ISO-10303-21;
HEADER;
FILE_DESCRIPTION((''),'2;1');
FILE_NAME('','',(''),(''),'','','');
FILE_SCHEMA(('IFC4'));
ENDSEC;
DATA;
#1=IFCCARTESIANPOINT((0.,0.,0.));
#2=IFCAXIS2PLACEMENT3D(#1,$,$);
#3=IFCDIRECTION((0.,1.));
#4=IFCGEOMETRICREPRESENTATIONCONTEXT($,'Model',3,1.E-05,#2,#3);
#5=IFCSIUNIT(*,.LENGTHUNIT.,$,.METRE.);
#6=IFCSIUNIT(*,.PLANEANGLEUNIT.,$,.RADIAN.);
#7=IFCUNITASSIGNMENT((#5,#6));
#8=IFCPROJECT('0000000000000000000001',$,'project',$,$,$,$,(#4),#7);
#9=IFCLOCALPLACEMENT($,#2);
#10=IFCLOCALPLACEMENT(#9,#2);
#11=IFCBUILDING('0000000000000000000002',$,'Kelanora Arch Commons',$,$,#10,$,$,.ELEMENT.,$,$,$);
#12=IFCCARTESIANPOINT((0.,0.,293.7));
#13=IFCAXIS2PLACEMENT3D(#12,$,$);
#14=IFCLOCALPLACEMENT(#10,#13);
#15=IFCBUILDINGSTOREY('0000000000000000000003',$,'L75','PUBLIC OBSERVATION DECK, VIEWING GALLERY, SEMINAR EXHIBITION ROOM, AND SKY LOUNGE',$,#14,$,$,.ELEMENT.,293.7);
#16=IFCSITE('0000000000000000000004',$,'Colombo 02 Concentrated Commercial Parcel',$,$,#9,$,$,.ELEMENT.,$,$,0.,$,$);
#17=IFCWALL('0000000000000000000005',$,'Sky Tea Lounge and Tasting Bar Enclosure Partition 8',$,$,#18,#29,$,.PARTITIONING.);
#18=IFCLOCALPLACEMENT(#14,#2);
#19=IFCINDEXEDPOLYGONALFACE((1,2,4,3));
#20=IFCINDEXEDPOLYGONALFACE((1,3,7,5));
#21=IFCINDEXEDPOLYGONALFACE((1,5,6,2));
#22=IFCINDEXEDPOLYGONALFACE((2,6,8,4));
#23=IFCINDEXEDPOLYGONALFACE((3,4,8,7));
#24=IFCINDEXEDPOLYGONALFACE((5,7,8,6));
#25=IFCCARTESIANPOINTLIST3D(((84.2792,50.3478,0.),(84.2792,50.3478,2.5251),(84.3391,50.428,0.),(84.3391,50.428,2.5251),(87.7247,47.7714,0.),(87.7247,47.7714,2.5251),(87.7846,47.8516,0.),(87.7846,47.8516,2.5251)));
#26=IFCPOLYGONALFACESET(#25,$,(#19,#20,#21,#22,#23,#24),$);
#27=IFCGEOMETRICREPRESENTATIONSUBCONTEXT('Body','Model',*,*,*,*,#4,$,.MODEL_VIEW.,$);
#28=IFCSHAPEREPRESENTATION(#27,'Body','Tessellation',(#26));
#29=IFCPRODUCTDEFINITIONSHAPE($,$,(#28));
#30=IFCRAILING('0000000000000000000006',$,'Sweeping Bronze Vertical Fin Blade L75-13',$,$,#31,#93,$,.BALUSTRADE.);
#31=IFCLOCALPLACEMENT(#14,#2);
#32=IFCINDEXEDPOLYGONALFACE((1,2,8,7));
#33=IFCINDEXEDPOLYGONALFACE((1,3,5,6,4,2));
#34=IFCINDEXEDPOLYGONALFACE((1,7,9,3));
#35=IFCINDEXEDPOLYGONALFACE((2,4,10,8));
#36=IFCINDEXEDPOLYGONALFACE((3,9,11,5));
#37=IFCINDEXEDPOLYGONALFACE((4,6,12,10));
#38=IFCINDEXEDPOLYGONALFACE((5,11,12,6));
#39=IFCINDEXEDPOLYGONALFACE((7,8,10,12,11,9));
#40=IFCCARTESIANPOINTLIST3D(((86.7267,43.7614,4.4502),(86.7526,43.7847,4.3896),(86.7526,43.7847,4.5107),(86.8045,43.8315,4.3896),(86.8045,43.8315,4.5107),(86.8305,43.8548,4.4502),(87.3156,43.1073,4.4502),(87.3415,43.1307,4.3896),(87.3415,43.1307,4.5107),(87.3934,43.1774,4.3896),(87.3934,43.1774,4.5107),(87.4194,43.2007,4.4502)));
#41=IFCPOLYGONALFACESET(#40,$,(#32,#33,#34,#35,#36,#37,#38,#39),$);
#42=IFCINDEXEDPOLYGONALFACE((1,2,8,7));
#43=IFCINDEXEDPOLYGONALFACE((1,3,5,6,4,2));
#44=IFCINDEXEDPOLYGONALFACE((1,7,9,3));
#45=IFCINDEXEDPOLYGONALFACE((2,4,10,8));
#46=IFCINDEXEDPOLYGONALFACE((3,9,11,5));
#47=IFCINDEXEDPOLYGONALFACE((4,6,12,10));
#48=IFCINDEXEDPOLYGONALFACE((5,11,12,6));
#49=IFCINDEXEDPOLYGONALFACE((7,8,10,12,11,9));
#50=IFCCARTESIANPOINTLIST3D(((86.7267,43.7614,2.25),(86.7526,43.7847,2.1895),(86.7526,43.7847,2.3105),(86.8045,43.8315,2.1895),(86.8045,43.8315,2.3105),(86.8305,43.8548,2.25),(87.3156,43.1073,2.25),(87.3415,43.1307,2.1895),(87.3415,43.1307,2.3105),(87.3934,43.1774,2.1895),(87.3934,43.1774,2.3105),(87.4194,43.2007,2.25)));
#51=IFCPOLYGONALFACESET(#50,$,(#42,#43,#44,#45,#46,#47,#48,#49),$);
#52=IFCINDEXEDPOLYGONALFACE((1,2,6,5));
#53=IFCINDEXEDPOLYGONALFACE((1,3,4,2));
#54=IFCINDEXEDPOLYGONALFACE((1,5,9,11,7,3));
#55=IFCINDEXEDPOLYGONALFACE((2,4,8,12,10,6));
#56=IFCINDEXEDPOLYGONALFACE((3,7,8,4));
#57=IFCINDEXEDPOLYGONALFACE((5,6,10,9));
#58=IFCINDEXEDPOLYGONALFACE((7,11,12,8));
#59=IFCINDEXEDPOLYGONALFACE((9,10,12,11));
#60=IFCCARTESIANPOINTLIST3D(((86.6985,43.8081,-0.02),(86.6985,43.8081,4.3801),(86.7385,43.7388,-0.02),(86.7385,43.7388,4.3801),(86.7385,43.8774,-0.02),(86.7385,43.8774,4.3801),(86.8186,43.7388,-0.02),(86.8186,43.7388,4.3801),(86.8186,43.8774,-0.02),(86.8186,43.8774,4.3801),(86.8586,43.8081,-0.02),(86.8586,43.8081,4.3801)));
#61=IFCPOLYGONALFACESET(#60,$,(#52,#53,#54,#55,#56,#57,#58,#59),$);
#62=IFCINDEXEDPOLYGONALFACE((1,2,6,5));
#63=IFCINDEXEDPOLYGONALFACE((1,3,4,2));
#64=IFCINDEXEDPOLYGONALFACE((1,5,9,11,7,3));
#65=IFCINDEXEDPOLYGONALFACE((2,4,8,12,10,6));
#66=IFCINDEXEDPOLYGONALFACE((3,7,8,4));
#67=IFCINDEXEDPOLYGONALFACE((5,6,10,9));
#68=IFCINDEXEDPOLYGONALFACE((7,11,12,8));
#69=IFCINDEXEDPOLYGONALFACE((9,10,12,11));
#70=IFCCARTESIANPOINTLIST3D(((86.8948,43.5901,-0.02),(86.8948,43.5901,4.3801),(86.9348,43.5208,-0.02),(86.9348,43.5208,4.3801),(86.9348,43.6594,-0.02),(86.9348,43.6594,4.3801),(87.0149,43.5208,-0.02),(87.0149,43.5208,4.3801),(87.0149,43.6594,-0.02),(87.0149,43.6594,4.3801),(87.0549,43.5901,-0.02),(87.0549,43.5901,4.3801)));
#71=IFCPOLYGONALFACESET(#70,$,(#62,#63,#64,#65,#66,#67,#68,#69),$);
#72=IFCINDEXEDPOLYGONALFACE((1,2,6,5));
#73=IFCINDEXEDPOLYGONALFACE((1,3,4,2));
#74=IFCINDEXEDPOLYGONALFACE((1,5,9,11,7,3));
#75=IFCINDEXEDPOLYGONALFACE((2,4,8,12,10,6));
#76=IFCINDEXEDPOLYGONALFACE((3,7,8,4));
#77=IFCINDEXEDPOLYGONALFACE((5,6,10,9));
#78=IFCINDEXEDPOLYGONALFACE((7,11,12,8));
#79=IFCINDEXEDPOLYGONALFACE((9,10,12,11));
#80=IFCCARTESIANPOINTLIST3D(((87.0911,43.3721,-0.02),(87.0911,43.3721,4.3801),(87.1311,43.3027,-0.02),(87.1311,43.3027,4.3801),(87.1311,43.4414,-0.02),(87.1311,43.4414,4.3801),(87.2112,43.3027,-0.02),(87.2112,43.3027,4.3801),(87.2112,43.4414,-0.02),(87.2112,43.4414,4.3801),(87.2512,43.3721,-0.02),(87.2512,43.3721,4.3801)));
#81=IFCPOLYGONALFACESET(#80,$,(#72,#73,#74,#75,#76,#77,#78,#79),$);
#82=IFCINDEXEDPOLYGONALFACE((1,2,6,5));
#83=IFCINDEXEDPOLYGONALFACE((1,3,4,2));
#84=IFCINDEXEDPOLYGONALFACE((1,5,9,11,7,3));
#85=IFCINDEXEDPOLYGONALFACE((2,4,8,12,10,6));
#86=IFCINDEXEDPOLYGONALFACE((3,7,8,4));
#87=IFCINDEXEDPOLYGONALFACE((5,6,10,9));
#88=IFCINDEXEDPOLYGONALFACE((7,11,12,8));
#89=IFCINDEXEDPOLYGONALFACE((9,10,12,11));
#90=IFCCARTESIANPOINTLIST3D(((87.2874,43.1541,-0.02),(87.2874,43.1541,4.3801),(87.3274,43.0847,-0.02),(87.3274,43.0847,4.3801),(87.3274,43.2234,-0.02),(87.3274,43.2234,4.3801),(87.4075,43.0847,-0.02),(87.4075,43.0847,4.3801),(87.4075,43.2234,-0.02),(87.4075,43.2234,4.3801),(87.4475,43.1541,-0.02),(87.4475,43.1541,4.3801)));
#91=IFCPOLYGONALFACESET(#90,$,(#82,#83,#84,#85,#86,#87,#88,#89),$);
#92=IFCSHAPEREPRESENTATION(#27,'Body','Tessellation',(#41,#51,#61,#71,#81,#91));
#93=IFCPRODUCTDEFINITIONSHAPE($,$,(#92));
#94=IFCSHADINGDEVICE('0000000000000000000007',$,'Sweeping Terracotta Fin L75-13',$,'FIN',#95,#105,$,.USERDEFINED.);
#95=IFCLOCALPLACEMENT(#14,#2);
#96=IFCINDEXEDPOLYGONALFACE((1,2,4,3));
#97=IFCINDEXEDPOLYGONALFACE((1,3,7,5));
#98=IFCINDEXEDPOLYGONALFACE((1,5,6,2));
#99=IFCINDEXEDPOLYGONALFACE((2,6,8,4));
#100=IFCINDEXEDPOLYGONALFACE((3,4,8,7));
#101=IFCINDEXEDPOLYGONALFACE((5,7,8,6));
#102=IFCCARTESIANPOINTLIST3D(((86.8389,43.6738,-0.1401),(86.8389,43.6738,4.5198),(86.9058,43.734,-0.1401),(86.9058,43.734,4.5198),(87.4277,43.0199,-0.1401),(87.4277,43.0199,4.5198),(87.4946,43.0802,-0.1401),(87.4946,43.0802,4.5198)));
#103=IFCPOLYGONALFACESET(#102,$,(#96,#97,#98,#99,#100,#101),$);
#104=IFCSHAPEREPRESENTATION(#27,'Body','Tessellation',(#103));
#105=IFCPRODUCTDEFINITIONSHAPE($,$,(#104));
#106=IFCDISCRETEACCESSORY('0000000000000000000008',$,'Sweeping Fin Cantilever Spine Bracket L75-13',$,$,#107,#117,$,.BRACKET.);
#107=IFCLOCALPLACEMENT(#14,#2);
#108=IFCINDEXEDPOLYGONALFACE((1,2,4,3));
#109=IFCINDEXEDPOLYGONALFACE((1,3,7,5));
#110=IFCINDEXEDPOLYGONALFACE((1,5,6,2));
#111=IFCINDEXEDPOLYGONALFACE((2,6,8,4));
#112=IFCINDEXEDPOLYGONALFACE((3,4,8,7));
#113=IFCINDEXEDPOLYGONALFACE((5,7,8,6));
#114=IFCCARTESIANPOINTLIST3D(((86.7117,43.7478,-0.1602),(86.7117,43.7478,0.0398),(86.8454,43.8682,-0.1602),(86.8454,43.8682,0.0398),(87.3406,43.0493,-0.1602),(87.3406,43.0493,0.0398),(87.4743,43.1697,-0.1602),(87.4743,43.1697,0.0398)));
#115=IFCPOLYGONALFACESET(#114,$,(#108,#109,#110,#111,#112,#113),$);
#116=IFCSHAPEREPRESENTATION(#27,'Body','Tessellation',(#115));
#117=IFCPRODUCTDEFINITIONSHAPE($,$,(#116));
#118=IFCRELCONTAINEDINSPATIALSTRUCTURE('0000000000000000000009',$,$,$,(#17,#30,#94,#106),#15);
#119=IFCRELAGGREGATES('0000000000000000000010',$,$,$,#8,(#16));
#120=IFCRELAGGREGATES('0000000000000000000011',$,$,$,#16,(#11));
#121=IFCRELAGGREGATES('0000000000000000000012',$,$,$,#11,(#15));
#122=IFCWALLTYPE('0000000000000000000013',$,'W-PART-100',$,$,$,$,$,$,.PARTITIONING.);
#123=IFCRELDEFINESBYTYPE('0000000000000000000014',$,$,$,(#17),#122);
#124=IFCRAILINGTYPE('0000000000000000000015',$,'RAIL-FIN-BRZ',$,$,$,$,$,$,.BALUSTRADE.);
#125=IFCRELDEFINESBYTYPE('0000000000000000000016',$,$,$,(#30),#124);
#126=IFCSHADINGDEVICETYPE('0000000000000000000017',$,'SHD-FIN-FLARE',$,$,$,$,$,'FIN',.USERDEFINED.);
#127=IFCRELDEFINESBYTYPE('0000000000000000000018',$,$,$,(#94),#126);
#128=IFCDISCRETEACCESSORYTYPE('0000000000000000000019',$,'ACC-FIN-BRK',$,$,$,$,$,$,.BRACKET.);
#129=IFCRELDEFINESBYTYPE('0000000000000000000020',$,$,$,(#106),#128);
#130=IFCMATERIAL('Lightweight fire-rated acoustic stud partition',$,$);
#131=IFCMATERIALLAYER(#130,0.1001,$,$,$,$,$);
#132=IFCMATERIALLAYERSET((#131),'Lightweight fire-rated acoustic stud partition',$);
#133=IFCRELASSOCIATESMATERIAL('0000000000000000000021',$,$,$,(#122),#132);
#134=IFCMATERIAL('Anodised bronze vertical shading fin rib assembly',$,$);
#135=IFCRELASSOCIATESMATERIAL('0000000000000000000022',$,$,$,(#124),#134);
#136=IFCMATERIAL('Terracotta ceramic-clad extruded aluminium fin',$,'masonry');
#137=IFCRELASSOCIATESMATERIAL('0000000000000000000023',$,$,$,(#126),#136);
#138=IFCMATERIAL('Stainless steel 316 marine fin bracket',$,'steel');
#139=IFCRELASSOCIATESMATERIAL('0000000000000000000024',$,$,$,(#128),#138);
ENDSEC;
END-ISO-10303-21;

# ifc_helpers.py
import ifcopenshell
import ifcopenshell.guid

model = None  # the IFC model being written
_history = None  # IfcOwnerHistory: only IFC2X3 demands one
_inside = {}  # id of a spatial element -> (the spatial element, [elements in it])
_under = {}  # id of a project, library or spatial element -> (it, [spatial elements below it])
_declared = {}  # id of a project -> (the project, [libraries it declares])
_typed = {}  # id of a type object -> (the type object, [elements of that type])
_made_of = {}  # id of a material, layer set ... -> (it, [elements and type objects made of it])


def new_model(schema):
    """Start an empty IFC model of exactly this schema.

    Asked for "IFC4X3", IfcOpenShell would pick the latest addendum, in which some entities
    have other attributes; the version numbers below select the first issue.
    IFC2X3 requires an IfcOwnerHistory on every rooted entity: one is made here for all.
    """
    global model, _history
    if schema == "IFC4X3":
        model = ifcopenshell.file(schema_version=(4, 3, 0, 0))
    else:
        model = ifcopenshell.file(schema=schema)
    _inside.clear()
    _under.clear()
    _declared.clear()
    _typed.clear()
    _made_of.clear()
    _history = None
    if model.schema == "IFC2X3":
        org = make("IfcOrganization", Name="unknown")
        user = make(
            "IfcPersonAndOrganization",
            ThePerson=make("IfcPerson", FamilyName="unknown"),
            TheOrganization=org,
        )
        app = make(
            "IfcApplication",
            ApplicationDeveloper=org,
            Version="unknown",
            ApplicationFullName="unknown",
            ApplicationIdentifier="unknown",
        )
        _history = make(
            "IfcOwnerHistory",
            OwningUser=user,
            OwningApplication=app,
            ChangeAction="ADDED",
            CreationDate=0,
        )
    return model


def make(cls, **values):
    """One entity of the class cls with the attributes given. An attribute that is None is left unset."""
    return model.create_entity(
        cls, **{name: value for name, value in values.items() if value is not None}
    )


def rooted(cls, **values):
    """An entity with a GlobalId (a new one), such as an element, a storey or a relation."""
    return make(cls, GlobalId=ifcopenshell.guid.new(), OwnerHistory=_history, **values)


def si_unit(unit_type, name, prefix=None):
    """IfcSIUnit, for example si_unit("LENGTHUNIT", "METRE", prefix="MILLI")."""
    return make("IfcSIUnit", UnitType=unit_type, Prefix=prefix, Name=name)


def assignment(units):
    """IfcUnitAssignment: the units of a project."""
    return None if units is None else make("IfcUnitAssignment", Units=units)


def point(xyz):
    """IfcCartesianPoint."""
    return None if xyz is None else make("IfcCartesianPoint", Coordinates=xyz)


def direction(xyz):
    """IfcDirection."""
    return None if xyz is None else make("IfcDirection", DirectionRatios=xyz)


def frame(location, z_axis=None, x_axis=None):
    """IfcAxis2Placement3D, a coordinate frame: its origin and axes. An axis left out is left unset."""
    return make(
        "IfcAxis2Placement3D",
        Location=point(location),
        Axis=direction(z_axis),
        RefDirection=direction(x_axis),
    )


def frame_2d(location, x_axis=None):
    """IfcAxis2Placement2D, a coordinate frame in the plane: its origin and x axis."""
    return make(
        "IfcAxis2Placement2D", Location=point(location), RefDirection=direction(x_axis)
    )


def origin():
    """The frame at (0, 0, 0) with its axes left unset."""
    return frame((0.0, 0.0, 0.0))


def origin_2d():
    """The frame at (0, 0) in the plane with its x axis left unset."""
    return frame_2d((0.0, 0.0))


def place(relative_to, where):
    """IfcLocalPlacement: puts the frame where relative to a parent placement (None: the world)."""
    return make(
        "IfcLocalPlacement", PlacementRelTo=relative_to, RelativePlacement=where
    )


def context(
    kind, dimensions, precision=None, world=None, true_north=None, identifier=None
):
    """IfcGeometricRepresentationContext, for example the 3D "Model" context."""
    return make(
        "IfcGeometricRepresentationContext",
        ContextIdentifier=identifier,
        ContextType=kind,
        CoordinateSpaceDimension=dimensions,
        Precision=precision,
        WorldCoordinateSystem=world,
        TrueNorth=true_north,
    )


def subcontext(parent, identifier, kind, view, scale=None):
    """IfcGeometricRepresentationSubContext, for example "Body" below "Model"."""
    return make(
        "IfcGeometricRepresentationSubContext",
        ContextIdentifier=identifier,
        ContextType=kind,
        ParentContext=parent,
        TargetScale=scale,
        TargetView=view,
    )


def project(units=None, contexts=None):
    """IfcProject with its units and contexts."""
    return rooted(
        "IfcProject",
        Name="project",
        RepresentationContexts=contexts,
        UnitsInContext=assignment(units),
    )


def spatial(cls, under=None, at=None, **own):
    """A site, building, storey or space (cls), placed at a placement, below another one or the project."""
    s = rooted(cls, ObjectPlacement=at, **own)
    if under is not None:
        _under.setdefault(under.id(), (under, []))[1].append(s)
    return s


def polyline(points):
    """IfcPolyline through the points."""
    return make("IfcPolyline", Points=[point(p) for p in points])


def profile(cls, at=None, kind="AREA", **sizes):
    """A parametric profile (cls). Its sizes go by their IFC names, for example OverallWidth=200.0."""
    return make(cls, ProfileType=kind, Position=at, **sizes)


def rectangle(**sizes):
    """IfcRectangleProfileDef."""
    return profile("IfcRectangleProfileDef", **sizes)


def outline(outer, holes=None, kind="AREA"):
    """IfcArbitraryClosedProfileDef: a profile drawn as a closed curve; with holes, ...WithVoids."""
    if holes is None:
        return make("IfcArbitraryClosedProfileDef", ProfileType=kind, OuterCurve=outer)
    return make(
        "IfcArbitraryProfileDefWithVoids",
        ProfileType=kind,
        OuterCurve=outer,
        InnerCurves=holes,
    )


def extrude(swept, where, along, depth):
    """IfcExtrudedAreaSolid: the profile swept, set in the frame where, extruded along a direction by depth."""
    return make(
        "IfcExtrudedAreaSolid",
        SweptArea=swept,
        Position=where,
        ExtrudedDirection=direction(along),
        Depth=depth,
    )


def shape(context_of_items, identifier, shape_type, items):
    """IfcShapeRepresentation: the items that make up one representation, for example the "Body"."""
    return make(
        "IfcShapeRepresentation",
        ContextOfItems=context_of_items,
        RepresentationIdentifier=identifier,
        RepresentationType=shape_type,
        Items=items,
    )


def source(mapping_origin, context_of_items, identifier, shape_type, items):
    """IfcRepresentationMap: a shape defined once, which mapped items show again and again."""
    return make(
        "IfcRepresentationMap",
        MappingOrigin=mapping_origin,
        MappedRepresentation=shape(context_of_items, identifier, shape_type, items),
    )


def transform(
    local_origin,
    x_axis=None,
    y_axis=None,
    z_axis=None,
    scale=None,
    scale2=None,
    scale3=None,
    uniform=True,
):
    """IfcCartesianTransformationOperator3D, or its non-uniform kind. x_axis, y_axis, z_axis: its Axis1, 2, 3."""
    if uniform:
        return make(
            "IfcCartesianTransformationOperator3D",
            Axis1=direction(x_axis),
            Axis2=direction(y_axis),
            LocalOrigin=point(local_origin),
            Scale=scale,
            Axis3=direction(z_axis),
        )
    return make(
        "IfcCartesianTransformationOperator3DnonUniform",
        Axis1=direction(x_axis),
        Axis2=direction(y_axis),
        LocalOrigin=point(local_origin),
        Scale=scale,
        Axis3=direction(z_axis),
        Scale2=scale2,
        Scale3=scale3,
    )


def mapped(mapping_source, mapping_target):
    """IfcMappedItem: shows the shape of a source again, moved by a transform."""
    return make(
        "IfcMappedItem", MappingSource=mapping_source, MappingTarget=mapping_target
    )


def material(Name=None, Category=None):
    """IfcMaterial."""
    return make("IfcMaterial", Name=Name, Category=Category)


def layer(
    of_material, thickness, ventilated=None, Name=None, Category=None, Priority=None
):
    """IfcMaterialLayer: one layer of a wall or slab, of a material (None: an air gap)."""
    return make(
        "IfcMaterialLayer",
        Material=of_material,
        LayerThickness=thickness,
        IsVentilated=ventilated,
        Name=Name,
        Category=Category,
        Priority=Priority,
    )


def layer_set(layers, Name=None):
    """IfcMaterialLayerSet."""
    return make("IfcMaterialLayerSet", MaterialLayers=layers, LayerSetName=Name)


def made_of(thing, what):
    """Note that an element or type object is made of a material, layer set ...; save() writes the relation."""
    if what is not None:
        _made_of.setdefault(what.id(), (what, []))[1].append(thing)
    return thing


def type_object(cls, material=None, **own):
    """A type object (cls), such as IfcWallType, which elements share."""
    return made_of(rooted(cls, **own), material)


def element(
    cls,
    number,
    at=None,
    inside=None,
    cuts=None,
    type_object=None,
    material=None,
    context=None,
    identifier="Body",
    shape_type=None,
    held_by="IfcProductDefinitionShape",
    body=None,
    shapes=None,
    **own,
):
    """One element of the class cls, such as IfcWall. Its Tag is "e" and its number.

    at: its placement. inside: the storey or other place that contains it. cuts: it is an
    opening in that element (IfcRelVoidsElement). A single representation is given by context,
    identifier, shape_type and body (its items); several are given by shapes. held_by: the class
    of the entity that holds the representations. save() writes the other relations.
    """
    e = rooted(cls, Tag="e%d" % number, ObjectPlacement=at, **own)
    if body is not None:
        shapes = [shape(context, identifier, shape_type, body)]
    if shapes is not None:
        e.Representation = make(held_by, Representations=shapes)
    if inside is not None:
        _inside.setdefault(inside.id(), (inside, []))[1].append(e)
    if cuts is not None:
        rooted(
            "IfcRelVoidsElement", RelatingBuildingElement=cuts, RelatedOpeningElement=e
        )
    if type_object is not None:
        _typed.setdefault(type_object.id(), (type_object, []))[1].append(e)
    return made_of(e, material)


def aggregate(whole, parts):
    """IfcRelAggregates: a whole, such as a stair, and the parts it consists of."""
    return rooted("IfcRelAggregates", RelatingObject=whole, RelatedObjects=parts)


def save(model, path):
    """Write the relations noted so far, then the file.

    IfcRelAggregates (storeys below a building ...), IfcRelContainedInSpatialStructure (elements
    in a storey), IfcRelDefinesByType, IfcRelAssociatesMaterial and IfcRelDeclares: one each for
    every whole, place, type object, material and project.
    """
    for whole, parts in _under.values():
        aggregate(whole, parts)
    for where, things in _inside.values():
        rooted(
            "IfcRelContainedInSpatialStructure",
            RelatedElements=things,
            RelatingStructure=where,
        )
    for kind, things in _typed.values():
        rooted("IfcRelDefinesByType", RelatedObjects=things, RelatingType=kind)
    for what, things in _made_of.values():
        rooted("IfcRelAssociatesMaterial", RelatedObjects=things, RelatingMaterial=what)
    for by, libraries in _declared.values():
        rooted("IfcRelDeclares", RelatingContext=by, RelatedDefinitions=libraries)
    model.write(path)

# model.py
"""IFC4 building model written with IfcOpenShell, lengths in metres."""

from ifc_helpers import new_model, si_unit, direction, frame, frame_2d, origin, origin_2d, place, context, subcontext, project, spatial, polyline, rectangle, outline, extrude, source, transform, mapped, material, layer, layer_set, type_object, element, save


model = new_model("IFC4")

# Units and contexts
model_context = context("Model", 3, precision=1e-05, world=origin(), true_north=direction((0.0, 1.0)))
body_context = subcontext(model_context, "Body", "Model", "MODEL_VIEW")
ifc_project = project(units=[si_unit("LENGTHUNIT", "METRE"), si_unit("PLANEANGLEUNIT", "RADIAN")], contexts=[model_context])

# Site, building, storey
site_placement = place(None, origin())
site = spatial("IfcSite", under=ifc_project, at=site_placement, Name="Colombo 02 Concentrated Commercial Parcel", CompositionType="ELEMENT", RefElevation=0.0)
building_placement = place(site_placement, origin())
building = spatial("IfcBuilding", under=site, at=building_placement, Name="Kelanora Arch Commons", CompositionType="ELEMENT")
storey_placement = place(building_placement, frame((0.0, 0.0, 293.7)))
storey = spatial("IfcBuildingStorey", under=building, at=storey_placement, Name="L75", Description="PUBLIC OBSERVATION DECK, VIEWING GALLERY, SEMINAR EXHIBITION ROOM, AND SKY LOUNGE", CompositionType="ELEMENT", Elevation=293.7)

# Wall
ifc_material_1 = material(Name="Lightweight fire-rated acoustic stud partition")
ifc_layer_1 = layer(ifc_material_1, 0.1001)
ifc_layer_set_1 = layer_set([ifc_layer_1], Name="Lightweight fire-rated acoustic stud partition")
wall_type = type_object("IfcWallType", Name="W-PART-100", PredefinedType="PARTITIONING", material=ifc_layer_set_1)
wall_placement = place(storey_placement, frame((87.7546, 47.8115, 0.0), z_axis=(0.0, 0.0, 1.0), x_axis=(-0.800864, 0.598846, 0.0)))
element("IfcWall", 1, at=wall_placement, inside=storey, type_object=wall_type, Name="Sky Tea Lounge and Tasting Bar Enclosure Partition 8", PredefinedType="PARTITIONING", context=body_context, shape_type="SweptSolid", body=[
    extrude(rectangle(XDim=4.3022, YDim=0.1001, at=frame_2d((2.1511, 0.0))), origin(), (0.0, 0.0, 1.0), 2.5251),
])

# Railing
ifc_material_2 = material(Name="Anodised bronze vertical shading fin rib assembly")
railing_type = type_object("IfcRailingType", Name="RAIL-FIN-BRZ", PredefinedType="BALUSTRADE", material=ifc_material_2)
railing_placement = place(storey_placement, frame((86.7786, 43.8081, -0.02)))
element("IfcRailing", 2, at=railing_placement, inside=storey, type_object=railing_type, Name="Sweeping Bronze Vertical Fin Blade L75-13", PredefinedType="BALUSTRADE", context=body_context, shape_type="SweptSolid", body=[
    extrude(outline(polyline([(0.0698, 0.0), (0.0349, 0.0605), (-0.0349, 0.0605), (-0.0698, 0.0), (-0.0349, -0.0605), (0.0349, -0.0605), (0.0698, 0.0)])), frame((0.0, 0.0, 4.4702), z_axis=(0.669103, -0.74317, 0.0), x_axis=(0.74317, 0.669103, 0.0)), (0.0, 0.0, 1.0), 0.8801),
    extrude(outline(polyline([(0.0698, 0.0), (0.0349, 0.0605), (-0.0349, 0.0605), (-0.0698, 0.0), (-0.0349, -0.0605), (0.0349, -0.0605), (0.0698, 0.0)])), frame((0.0, 0.0, 2.27), z_axis=(0.669103, -0.74317, 0.0), x_axis=(0.74317, 0.669103, 0.0)), (0.0, 0.0, 1.0), 0.8801),
    extrude(outline(polyline([(0.0801, 0.0), (0.04, 0.0693), (-0.04, 0.0693), (-0.0801, 0.0), (-0.04, -0.0693), (0.04, -0.0693), (0.0801, 0.0)])), origin(), (0.0, 0.0, 1.0), 4.4001),
    extrude(outline(polyline([(0.0801, 0.0), (0.04, 0.0693), (-0.04, 0.0693), (-0.0801, 0.0), (-0.04, -0.0693), (0.04, -0.0693), (0.0801, 0.0)])), frame((0.1963, -0.218, 0.0)), (0.0, 0.0, 1.0), 4.4001),
    extrude(outline(polyline([(0.0801, 0.0), (0.04, 0.0693), (-0.04, 0.0693), (-0.0801, 0.0), (-0.04, -0.0693), (0.04, -0.0693), (0.0801, 0.0)])), frame((0.3926, -0.436, 0.0)), (0.0, 0.0, 1.0), 4.4001),
    extrude(outline(polyline([(0.0801, 0.0), (0.04, 0.0693), (-0.04, 0.0693), (-0.0801, 0.0), (-0.04, -0.0693), (0.04, -0.0693), (0.0801, 0.0)])), frame((0.5889, -0.6541, 0.0)), (0.0, 0.0, 1.0), 4.4001),
])

# Shading device
ifc_material_3 = material(Name="Terracotta ceramic-clad extruded aluminium fin", Category="masonry")
shading_device_type = type_object("IfcShadingDeviceType", Name="SHD-FIN-FLARE", ElementType="FIN", PredefinedType="USERDEFINED", material=ifc_material_3)
shared_shape_1 = source(origin(), body_context, "Body", "SweptSolid", [
    extrude(rectangle(XDim=0.8799, YDim=0.0901, at=origin_2d()), origin(), (0.0, 0.0, 1.0), 4.6599),
])
shading_device_placement = place(storey_placement, frame((87.1667, 43.377, -0.1401), z_axis=(0.0, 0.0, 1.0), x_axis=(0.669131, -0.743145, 0.0)))
element("IfcShadingDevice", 3, at=shading_device_placement, inside=storey, type_object=shading_device_type, Name="Sweeping Terracotta Fin L75-13", ObjectType="FIN", PredefinedType="USERDEFINED", context=body_context, shape_type="MappedRepresentation", body=[
    mapped(shared_shape_1, transform((0.0, 0.0, 0.0), scale=1.0)),
])

# Discrete accessory
ifc_material_4 = material(Name="Stainless steel 316 marine fin bracket", Category="steel")
discrete_accessory_type = type_object("IfcDiscreteAccessoryType", Name="ACC-FIN-BRK", PredefinedType="BRACKET", material=ifc_material_4)
shared_shape_2 = source(origin(), body_context, "Body", "SweptSolid", [
    extrude(rectangle(XDim=0.9399, YDim=0.1799, at=origin_2d()), origin(), (0.0, 0.0, 1.0), 0.2),
])
discrete_accessory_placement = place(storey_placement, frame((87.093, 43.4587, -0.1602), z_axis=(0.0, 0.0, 1.0), x_axis=(0.669131, -0.743145, 0.0)))
element("IfcDiscreteAccessory", 4, at=discrete_accessory_placement, inside=storey, type_object=discrete_accessory_type, Name="Sweeping Fin Cantilever Spine Bracket L75-13", PredefinedType="BRACKET", context=body_context, shape_type="MappedRepresentation", body=[
    mapped(shared_shape_2, transform((0.0, 0.0, 0.0), scale=1.0)),
])

save(model, "model.ifc")
